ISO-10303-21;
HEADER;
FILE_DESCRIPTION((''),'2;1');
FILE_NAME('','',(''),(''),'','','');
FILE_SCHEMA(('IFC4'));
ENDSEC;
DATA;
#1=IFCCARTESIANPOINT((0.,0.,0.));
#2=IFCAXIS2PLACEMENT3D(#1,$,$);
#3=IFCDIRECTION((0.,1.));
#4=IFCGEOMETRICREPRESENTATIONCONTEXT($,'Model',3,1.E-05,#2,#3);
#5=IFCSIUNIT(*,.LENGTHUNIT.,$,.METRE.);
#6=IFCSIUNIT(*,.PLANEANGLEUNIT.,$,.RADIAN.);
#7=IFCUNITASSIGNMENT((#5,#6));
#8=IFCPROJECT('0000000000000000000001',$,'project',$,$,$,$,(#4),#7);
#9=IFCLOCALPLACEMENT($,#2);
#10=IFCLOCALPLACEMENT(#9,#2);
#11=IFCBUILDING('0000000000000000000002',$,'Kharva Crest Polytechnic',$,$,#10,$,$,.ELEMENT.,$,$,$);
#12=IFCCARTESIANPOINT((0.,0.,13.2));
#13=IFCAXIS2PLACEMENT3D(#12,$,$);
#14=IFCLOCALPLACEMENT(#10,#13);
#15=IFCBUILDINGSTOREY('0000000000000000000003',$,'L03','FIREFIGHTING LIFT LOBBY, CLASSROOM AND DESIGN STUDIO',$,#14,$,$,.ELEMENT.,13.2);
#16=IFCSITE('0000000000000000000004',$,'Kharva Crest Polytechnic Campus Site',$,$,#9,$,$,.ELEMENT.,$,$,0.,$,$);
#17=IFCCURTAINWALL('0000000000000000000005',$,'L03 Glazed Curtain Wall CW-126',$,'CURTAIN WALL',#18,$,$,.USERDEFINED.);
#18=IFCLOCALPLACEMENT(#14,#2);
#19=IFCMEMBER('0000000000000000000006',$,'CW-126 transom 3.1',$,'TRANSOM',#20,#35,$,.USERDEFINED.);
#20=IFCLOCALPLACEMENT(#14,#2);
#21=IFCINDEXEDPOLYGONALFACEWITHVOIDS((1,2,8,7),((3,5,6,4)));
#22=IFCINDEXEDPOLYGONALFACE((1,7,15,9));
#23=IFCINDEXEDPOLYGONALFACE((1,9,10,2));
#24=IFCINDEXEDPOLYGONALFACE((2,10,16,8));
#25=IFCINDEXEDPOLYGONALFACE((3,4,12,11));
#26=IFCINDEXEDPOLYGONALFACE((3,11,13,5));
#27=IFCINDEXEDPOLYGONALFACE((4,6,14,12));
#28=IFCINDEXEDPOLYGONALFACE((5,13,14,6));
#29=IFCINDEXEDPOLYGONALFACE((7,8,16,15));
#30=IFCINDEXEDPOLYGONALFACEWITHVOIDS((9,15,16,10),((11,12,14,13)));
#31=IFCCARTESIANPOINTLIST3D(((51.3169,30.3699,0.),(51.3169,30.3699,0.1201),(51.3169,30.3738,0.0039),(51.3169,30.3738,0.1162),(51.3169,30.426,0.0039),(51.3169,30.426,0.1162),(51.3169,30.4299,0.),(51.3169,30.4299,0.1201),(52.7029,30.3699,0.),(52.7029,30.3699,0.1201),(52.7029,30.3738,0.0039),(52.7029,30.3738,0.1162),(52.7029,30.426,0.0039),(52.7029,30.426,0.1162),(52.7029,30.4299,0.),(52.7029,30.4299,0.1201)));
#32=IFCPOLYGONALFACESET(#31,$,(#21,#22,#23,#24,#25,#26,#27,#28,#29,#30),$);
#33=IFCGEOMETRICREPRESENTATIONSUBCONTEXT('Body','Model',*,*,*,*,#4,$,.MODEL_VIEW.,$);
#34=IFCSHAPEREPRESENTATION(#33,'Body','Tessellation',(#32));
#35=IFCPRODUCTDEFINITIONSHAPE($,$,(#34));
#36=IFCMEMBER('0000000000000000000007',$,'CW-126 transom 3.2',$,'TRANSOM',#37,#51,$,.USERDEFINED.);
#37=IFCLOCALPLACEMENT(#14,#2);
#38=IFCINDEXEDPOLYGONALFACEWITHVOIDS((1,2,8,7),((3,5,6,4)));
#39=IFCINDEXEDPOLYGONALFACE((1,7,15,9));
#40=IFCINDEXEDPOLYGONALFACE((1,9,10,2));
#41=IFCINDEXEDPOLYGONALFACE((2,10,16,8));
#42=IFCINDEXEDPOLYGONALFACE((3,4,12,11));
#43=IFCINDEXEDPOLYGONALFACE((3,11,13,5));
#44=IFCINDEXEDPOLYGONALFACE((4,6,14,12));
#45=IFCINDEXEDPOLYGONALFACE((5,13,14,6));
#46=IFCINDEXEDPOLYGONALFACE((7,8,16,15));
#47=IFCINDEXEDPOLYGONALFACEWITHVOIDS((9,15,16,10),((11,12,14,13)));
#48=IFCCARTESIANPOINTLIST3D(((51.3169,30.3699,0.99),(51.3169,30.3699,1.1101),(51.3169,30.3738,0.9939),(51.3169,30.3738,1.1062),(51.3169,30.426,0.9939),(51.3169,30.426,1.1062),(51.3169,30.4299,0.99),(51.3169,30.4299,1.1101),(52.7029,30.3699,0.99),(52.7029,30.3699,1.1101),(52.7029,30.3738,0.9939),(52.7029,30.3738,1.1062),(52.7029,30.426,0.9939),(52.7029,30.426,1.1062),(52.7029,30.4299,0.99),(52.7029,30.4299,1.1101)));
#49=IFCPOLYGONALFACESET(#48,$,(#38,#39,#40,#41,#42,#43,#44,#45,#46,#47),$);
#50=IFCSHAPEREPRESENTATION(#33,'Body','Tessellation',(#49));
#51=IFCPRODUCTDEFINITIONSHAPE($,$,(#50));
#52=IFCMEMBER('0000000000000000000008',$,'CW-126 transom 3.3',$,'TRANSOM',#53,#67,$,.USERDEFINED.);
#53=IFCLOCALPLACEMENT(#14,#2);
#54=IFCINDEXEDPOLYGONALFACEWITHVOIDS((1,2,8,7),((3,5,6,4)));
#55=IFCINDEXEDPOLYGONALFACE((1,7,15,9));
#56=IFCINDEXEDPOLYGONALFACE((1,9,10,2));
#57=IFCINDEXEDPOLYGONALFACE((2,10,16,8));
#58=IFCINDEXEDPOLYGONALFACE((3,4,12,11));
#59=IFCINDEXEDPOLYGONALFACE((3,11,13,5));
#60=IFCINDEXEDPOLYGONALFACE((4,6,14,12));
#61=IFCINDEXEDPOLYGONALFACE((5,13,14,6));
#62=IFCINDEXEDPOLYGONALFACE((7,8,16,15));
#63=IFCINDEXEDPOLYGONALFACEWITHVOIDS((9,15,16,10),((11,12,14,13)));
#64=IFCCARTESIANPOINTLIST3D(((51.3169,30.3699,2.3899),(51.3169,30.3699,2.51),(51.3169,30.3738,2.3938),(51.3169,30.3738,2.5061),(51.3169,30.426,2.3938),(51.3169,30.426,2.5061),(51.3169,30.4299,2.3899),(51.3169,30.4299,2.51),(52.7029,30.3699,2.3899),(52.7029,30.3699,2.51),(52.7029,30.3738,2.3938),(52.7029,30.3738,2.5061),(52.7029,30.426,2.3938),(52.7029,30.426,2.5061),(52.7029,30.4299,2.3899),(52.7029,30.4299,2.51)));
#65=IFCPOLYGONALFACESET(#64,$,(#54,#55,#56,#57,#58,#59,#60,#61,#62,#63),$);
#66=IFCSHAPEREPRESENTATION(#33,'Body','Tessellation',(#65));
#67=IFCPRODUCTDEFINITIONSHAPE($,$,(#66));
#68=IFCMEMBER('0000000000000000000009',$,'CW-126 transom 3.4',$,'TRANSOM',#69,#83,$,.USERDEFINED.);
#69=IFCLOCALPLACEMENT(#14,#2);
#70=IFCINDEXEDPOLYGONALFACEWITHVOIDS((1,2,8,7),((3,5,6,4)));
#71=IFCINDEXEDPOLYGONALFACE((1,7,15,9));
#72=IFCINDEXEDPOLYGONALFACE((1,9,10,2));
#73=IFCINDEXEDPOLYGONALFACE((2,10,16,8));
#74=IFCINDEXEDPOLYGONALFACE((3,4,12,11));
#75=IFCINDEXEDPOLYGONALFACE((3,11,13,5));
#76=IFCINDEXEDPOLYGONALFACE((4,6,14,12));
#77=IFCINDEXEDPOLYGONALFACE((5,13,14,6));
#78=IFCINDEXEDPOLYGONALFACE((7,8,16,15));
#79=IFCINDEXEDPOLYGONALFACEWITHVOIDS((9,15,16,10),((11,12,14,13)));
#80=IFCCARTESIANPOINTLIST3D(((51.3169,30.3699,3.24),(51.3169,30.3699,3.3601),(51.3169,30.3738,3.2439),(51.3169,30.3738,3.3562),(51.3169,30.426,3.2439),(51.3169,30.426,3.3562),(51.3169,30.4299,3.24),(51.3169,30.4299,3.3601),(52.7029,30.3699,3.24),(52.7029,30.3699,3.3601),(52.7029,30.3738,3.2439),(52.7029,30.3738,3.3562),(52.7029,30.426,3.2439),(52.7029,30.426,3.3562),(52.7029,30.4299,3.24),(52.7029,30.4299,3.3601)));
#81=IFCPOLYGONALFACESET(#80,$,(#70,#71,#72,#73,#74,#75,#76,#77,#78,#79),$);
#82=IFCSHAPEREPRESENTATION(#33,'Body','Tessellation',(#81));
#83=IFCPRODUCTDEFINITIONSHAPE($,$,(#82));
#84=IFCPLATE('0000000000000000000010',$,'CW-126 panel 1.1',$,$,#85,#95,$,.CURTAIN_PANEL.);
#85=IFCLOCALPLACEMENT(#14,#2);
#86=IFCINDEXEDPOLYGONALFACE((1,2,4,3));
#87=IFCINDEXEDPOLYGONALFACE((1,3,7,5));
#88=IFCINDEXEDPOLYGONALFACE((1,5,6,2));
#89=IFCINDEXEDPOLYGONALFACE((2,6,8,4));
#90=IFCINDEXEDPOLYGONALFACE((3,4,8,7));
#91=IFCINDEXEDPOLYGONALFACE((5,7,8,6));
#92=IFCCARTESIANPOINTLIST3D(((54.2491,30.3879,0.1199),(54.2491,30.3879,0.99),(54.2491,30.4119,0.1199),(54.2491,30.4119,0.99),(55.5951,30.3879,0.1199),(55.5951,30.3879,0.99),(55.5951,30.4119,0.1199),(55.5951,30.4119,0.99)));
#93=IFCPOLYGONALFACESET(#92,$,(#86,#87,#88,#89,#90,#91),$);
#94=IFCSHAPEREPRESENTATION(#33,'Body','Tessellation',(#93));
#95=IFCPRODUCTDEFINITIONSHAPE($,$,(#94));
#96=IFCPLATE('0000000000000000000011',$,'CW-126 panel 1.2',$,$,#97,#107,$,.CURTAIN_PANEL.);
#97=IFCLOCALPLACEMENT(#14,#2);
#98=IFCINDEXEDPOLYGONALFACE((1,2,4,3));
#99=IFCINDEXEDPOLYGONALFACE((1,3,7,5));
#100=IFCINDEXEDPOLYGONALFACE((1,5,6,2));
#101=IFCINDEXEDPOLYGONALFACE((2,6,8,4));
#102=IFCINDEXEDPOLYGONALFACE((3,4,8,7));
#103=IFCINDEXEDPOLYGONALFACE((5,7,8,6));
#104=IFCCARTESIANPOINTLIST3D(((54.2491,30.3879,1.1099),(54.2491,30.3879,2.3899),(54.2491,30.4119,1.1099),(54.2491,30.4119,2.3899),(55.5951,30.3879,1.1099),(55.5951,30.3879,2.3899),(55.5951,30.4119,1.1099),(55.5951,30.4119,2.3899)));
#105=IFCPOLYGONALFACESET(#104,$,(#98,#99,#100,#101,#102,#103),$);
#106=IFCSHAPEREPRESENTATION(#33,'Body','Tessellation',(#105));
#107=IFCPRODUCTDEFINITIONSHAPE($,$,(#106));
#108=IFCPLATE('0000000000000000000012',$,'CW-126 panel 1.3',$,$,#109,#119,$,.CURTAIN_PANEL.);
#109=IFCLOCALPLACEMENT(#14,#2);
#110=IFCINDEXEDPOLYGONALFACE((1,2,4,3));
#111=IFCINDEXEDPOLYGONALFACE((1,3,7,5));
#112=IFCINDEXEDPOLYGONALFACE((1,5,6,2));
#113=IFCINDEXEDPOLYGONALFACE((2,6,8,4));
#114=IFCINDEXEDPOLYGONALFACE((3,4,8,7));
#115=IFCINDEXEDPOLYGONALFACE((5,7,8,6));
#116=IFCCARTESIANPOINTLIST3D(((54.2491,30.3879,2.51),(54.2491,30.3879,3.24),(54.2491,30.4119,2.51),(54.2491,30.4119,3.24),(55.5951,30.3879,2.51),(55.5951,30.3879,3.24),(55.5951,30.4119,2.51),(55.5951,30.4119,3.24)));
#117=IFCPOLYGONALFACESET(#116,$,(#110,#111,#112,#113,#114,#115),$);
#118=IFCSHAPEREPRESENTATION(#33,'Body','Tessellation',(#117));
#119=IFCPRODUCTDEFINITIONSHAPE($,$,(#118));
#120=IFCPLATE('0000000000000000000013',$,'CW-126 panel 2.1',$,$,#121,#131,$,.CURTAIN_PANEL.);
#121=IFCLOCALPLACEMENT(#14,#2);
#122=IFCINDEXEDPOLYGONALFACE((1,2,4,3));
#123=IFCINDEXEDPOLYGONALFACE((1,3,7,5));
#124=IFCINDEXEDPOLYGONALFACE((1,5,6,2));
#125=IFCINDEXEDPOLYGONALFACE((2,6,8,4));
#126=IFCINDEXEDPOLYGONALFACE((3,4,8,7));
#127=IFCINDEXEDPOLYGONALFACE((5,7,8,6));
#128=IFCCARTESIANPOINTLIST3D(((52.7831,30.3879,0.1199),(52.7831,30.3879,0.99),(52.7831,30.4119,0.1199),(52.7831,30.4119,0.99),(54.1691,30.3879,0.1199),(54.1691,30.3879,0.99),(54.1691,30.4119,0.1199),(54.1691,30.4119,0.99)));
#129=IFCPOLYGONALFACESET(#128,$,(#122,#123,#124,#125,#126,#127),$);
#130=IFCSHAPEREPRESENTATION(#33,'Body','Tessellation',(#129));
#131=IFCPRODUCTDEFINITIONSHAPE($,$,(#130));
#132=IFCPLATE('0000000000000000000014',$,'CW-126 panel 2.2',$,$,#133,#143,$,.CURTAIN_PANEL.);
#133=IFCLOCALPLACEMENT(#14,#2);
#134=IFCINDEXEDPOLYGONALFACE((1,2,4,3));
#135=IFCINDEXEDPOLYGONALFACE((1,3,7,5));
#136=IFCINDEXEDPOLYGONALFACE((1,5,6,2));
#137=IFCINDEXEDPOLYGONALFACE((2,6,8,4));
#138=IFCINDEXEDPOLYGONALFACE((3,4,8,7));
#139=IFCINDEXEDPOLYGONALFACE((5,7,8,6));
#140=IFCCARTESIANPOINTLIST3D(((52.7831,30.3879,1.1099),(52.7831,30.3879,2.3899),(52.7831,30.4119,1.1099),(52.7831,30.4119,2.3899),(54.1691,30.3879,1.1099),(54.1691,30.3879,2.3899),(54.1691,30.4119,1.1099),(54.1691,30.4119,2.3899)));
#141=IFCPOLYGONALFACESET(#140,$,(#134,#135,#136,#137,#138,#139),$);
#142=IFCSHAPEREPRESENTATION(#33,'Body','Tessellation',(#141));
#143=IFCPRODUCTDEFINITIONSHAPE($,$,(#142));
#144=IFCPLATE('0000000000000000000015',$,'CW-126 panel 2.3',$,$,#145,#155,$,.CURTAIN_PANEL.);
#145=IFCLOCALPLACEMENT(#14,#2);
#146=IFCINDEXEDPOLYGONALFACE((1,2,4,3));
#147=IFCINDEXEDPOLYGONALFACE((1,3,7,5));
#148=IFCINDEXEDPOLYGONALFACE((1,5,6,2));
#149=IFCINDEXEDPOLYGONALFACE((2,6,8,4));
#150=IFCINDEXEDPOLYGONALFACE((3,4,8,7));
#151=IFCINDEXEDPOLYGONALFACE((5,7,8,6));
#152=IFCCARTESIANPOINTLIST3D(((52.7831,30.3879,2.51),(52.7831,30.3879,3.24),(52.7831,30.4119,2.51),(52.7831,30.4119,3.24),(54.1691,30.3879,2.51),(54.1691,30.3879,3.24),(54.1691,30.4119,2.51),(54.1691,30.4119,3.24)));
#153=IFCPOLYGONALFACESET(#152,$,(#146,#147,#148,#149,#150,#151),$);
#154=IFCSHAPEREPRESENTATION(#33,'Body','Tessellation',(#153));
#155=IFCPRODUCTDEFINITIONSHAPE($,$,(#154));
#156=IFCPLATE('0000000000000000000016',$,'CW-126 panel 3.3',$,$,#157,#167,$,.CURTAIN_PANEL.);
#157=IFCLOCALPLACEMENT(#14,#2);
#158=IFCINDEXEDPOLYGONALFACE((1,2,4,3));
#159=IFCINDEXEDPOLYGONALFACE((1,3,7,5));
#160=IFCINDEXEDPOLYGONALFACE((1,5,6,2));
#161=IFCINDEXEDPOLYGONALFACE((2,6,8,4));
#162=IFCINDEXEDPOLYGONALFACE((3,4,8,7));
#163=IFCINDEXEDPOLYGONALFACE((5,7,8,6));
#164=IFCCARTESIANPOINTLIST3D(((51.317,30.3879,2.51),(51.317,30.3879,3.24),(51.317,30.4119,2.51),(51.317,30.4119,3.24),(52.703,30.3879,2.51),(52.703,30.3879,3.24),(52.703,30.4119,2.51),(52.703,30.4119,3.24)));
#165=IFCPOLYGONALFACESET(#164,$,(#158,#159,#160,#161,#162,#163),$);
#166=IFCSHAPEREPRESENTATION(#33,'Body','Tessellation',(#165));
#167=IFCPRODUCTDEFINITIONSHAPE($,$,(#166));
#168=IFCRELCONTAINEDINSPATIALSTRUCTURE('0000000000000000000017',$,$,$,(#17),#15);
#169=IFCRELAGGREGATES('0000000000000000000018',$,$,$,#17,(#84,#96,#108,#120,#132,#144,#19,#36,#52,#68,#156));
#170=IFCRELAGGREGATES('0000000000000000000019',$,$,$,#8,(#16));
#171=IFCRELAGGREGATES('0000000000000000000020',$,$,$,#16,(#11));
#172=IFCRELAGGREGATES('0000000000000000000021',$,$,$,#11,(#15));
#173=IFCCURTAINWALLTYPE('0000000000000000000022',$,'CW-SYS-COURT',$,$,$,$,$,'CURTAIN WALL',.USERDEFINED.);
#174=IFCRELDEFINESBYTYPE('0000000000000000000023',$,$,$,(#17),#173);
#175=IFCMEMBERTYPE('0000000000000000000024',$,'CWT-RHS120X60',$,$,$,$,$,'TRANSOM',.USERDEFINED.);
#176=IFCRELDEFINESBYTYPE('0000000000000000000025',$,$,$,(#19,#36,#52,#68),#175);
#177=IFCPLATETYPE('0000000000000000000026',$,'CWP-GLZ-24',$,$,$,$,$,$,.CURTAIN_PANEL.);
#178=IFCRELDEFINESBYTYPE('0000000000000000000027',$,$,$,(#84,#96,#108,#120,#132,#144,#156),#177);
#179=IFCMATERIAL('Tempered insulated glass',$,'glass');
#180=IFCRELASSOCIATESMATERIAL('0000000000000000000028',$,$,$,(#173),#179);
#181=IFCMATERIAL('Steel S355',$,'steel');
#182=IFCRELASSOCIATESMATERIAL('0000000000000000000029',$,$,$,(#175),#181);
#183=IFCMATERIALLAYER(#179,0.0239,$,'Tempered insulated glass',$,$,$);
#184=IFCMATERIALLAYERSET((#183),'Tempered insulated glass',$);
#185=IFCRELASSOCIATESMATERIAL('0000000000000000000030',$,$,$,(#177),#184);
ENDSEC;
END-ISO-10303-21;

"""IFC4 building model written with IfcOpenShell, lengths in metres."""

from ifc_helpers import new_model, si_unit, direction, frame, origin, origin_2d, place, context, subcontext, project, spatial, rectangle, hollow_rectangle, extrude, material, layer, layer_set, material_profile, profile_set, type_object, element, aggregate, save


model = new_model("IFC4")

# Units and contexts
model_context = context("Model", 3, precision=1e-05, world=origin(), true_north=direction((0.0, 1.0)))
body_context = subcontext(model_context, "Body", "Model", "MODEL_VIEW")
ifc_project = project(units=[si_unit("LENGTHUNIT", "METRE"), si_unit("PLANEANGLEUNIT", "RADIAN")], contexts=[model_context])

# Site, building, storey
site_placement = place(None, origin())
site = spatial("IfcSite", under=ifc_project, at=site_placement, Name="Kharva Crest Polytechnic Campus Site", CompositionType="ELEMENT", RefElevation=0.0)
building_placement = place(site_placement, origin())
building = spatial("IfcBuilding", under=site, at=building_placement, Name="Kharva Crest Polytechnic", CompositionType="ELEMENT")
storey_placement = place(building_placement, frame((0.0, 0.0, 13.2)))
storey = spatial("IfcBuildingStorey", under=building, at=storey_placement, Name="L03", Description="FIREFIGHTING LIFT LOBBY, CLASSROOM AND DESIGN STUDIO", CompositionType="ELEMENT", Elevation=13.2)

# Curtain wall, members, plates
ifc_material_1 = material(Name="Tempered insulated glass", Category="glass")
curtain_wall_type = type_object("IfcCurtainWallType", Name="CW-SYS-COURT", ElementType="CURTAIN WALL", PredefinedType="USERDEFINED", material=ifc_material_1)
curtain_wall_placement = place(storey_placement, origin())
curtain_wall = element("IfcCurtainWall", 1, at=curtain_wall_placement, inside=storey, type_object=curtain_wall_type, Name="L03 Glazed Curtain Wall CW-126", ObjectType="CURTAIN WALL", PredefinedType="USERDEFINED")
ifc_material_2 = material(Name="Steel S355", Category="steel")
ifc_material_profile_1 = material_profile(ifc_material_2, hollow_rectangle(XDim=0.0601, YDim=0.1201, WallThickness=0.0039, at=origin_2d()), Name="RHS 120X60X4.0")
ifc_profile_set_1 = profile_set([ifc_material_profile_1], Name="Steel S355")
member_type_1 = type_object("IfcMemberType", Name="CWT-RHS120X60", ElementType="TRANSOM", PredefinedType="USERDEFINED", material=ifc_profile_set_1)
member_1_placement = place(storey_placement, frame((52.7029, 30.3999, 0.0601), z_axis=(-1.0, 0.0, 0.0), x_axis=(0.0, -1.0, 0.0)))
member_1 = element("IfcMember", 2, at=member_1_placement, type_object=member_type_1, Name="CW-126 transom 3.1", ObjectType="TRANSOM", PredefinedType="USERDEFINED", context=body_context, shape_type="SweptSolid", body=[
    extrude(hollow_rectangle(XDim=0.0601, YDim=0.1201, WallThickness=0.0039, at=origin_2d()), origin(), (0.0, 0.0, 1.0), 1.386),
])
member_2_placement = place(storey_placement, frame((52.7029, 30.3999, 1.05), z_axis=(-1.0, 0.0, 0.0), x_axis=(0.0, -1.0, 0.0)))
member_2 = element("IfcMember", 3, at=member_2_placement, type_object=member_type_1, Name="CW-126 transom 3.2", ObjectType="TRANSOM", PredefinedType="USERDEFINED", context=body_context, shape_type="SweptSolid", body=[
    extrude(hollow_rectangle(XDim=0.0601, YDim=0.1201, WallThickness=0.0039, at=origin_2d()), origin(), (0.0, 0.0, 1.0), 1.386),
])
member_3_placement = place(storey_placement, frame((52.7029, 30.3999, 2.45), z_axis=(-1.0, 0.0, 0.0), x_axis=(0.0, -1.0, 0.0)))
member_3 = element("IfcMember", 4, at=member_3_placement, type_object=member_type_1, Name="CW-126 transom 3.3", ObjectType="TRANSOM", PredefinedType="USERDEFINED", context=body_context, shape_type="SweptSolid", body=[
    extrude(hollow_rectangle(XDim=0.0601, YDim=0.1201, WallThickness=0.0039, at=origin_2d()), origin(), (0.0, 0.0, 1.0), 1.386),
])
member_4_placement = place(storey_placement, frame((52.7029, 30.3999, 3.3), z_axis=(-1.0, 0.0, 0.0), x_axis=(0.0, -1.0, 0.0)))
member_4 = element("IfcMember", 5, at=member_4_placement, type_object=member_type_1, Name="CW-126 transom 3.4", ObjectType="TRANSOM", PredefinedType="USERDEFINED", context=body_context, shape_type="SweptSolid", body=[
    extrude(hollow_rectangle(XDim=0.0601, YDim=0.1201, WallThickness=0.0039, at=origin_2d()), origin(), (0.0, 0.0, 1.0), 1.386),
])
ifc_layer = layer(ifc_material_1, 0.0239, Name="Tempered insulated glass")
ifc_layer_set = layer_set([ifc_layer], Name="Tempered insulated glass")
plate_type = type_object("IfcPlateType", Name="CWP-GLZ-24", PredefinedType="CURTAIN_PANEL", material=ifc_layer_set)
plate_1_placement = place(storey_placement, frame((54.9221, 30.3999, 0.1199), z_axis=(0.0, 0.0, 1.0), x_axis=(-1.0, 0.0, 0.0)))
plate_1 = element("IfcPlate", 6, at=plate_1_placement, type_object=plate_type, Name="CW-126 panel 1.1", PredefinedType="CURTAIN_PANEL", context=body_context, shape_type="SweptSolid", body=[
    extrude(rectangle(XDim=1.3459, YDim=0.0239, at=origin_2d()), origin(), (0.0, 0.0, 1.0), 0.8701),
])
plate_2_placement = place(storey_placement, frame((54.9221, 30.3999, 1.1099), z_axis=(0.0, 0.0, 1.0), x_axis=(-1.0, 0.0, 0.0)))
plate_2 = element("IfcPlate", 7, at=plate_2_placement, type_object=plate_type, Name="CW-126 panel 1.2", PredefinedType="CURTAIN_PANEL", context=body_context, shape_type="SweptSolid", body=[
    extrude(rectangle(XDim=1.3459, YDim=0.0239, at=origin_2d()), origin(), (0.0, 0.0, 1.0), 1.28),
])
plate_3_placement = place(storey_placement, frame((54.9221, 30.3999, 2.51), z_axis=(0.0, 0.0, 1.0), x_axis=(-1.0, 0.0, 0.0)))
plate_3 = element("IfcPlate", 8, at=plate_3_placement, type_object=plate_type, Name="CW-126 panel 1.3", PredefinedType="CURTAIN_PANEL", context=body_context, shape_type="SweptSolid", body=[
    extrude(rectangle(XDim=1.3459, YDim=0.0239, at=origin_2d()), origin(), (0.0, 0.0, 1.0), 0.73),
])
plate_4_placement = place(storey_placement, frame((53.4761, 30.3999, 0.1199), z_axis=(0.0, 0.0, 1.0), x_axis=(-1.0, 0.0, 0.0)))
plate_4 = element("IfcPlate", 9, at=plate_4_placement, type_object=plate_type, Name="CW-126 panel 2.1", PredefinedType="CURTAIN_PANEL", context=body_context, shape_type="SweptSolid", body=[
    extrude(rectangle(XDim=1.386, YDim=0.0239, at=origin_2d()), origin(), (0.0, 0.0, 1.0), 0.8701),
])
plate_5_placement = place(storey_placement, frame((53.4761, 30.3999, 1.1099), z_axis=(0.0, 0.0, 1.0), x_axis=(-1.0, 0.0, 0.0)))
plate_5 = element("IfcPlate", 10, at=plate_5_placement, type_object=plate_type, Name="CW-126 panel 2.2", PredefinedType="CURTAIN_PANEL", context=body_context, shape_type="SweptSolid", body=[
    extrude(rectangle(XDim=1.386, YDim=0.0239, at=origin_2d()), origin(), (0.0, 0.0, 1.0), 1.28),
])
plate_6_placement = place(storey_placement, frame((53.4761, 30.3999, 2.51), z_axis=(0.0, 0.0, 1.0), x_axis=(-1.0, 0.0, 0.0)))
plate_6 = element("IfcPlate", 11, at=plate_6_placement, type_object=plate_type, Name="CW-126 panel 2.3", PredefinedType="CURTAIN_PANEL", context=body_context, shape_type="SweptSolid", body=[
    extrude(rectangle(XDim=1.386, YDim=0.0239, at=origin_2d()), origin(), (0.0, 0.0, 1.0), 0.73),
])
plate_7_placement = place(storey_placement, frame((52.01, 30.3999, 2.51), z_axis=(0.0, 0.0, 1.0), x_axis=(-1.0, 0.0, 0.0)))
plate_7 = element("IfcPlate", 12, at=plate_7_placement, type_object=plate_type, Name="CW-126 panel 3.3", PredefinedType="CURTAIN_PANEL", context=body_context, shape_type="SweptSolid", body=[
    extrude(rectangle(XDim=1.386, YDim=0.0239, at=origin_2d()), origin(), (0.0, 0.0, 1.0), 0.73),
])
aggregate(curtain_wall, [plate_1, plate_2, plate_3, plate_4, plate_5, plate_6, member_1, member_2, member_3, member_4, plate_7])

save(model, "model.ifc")
